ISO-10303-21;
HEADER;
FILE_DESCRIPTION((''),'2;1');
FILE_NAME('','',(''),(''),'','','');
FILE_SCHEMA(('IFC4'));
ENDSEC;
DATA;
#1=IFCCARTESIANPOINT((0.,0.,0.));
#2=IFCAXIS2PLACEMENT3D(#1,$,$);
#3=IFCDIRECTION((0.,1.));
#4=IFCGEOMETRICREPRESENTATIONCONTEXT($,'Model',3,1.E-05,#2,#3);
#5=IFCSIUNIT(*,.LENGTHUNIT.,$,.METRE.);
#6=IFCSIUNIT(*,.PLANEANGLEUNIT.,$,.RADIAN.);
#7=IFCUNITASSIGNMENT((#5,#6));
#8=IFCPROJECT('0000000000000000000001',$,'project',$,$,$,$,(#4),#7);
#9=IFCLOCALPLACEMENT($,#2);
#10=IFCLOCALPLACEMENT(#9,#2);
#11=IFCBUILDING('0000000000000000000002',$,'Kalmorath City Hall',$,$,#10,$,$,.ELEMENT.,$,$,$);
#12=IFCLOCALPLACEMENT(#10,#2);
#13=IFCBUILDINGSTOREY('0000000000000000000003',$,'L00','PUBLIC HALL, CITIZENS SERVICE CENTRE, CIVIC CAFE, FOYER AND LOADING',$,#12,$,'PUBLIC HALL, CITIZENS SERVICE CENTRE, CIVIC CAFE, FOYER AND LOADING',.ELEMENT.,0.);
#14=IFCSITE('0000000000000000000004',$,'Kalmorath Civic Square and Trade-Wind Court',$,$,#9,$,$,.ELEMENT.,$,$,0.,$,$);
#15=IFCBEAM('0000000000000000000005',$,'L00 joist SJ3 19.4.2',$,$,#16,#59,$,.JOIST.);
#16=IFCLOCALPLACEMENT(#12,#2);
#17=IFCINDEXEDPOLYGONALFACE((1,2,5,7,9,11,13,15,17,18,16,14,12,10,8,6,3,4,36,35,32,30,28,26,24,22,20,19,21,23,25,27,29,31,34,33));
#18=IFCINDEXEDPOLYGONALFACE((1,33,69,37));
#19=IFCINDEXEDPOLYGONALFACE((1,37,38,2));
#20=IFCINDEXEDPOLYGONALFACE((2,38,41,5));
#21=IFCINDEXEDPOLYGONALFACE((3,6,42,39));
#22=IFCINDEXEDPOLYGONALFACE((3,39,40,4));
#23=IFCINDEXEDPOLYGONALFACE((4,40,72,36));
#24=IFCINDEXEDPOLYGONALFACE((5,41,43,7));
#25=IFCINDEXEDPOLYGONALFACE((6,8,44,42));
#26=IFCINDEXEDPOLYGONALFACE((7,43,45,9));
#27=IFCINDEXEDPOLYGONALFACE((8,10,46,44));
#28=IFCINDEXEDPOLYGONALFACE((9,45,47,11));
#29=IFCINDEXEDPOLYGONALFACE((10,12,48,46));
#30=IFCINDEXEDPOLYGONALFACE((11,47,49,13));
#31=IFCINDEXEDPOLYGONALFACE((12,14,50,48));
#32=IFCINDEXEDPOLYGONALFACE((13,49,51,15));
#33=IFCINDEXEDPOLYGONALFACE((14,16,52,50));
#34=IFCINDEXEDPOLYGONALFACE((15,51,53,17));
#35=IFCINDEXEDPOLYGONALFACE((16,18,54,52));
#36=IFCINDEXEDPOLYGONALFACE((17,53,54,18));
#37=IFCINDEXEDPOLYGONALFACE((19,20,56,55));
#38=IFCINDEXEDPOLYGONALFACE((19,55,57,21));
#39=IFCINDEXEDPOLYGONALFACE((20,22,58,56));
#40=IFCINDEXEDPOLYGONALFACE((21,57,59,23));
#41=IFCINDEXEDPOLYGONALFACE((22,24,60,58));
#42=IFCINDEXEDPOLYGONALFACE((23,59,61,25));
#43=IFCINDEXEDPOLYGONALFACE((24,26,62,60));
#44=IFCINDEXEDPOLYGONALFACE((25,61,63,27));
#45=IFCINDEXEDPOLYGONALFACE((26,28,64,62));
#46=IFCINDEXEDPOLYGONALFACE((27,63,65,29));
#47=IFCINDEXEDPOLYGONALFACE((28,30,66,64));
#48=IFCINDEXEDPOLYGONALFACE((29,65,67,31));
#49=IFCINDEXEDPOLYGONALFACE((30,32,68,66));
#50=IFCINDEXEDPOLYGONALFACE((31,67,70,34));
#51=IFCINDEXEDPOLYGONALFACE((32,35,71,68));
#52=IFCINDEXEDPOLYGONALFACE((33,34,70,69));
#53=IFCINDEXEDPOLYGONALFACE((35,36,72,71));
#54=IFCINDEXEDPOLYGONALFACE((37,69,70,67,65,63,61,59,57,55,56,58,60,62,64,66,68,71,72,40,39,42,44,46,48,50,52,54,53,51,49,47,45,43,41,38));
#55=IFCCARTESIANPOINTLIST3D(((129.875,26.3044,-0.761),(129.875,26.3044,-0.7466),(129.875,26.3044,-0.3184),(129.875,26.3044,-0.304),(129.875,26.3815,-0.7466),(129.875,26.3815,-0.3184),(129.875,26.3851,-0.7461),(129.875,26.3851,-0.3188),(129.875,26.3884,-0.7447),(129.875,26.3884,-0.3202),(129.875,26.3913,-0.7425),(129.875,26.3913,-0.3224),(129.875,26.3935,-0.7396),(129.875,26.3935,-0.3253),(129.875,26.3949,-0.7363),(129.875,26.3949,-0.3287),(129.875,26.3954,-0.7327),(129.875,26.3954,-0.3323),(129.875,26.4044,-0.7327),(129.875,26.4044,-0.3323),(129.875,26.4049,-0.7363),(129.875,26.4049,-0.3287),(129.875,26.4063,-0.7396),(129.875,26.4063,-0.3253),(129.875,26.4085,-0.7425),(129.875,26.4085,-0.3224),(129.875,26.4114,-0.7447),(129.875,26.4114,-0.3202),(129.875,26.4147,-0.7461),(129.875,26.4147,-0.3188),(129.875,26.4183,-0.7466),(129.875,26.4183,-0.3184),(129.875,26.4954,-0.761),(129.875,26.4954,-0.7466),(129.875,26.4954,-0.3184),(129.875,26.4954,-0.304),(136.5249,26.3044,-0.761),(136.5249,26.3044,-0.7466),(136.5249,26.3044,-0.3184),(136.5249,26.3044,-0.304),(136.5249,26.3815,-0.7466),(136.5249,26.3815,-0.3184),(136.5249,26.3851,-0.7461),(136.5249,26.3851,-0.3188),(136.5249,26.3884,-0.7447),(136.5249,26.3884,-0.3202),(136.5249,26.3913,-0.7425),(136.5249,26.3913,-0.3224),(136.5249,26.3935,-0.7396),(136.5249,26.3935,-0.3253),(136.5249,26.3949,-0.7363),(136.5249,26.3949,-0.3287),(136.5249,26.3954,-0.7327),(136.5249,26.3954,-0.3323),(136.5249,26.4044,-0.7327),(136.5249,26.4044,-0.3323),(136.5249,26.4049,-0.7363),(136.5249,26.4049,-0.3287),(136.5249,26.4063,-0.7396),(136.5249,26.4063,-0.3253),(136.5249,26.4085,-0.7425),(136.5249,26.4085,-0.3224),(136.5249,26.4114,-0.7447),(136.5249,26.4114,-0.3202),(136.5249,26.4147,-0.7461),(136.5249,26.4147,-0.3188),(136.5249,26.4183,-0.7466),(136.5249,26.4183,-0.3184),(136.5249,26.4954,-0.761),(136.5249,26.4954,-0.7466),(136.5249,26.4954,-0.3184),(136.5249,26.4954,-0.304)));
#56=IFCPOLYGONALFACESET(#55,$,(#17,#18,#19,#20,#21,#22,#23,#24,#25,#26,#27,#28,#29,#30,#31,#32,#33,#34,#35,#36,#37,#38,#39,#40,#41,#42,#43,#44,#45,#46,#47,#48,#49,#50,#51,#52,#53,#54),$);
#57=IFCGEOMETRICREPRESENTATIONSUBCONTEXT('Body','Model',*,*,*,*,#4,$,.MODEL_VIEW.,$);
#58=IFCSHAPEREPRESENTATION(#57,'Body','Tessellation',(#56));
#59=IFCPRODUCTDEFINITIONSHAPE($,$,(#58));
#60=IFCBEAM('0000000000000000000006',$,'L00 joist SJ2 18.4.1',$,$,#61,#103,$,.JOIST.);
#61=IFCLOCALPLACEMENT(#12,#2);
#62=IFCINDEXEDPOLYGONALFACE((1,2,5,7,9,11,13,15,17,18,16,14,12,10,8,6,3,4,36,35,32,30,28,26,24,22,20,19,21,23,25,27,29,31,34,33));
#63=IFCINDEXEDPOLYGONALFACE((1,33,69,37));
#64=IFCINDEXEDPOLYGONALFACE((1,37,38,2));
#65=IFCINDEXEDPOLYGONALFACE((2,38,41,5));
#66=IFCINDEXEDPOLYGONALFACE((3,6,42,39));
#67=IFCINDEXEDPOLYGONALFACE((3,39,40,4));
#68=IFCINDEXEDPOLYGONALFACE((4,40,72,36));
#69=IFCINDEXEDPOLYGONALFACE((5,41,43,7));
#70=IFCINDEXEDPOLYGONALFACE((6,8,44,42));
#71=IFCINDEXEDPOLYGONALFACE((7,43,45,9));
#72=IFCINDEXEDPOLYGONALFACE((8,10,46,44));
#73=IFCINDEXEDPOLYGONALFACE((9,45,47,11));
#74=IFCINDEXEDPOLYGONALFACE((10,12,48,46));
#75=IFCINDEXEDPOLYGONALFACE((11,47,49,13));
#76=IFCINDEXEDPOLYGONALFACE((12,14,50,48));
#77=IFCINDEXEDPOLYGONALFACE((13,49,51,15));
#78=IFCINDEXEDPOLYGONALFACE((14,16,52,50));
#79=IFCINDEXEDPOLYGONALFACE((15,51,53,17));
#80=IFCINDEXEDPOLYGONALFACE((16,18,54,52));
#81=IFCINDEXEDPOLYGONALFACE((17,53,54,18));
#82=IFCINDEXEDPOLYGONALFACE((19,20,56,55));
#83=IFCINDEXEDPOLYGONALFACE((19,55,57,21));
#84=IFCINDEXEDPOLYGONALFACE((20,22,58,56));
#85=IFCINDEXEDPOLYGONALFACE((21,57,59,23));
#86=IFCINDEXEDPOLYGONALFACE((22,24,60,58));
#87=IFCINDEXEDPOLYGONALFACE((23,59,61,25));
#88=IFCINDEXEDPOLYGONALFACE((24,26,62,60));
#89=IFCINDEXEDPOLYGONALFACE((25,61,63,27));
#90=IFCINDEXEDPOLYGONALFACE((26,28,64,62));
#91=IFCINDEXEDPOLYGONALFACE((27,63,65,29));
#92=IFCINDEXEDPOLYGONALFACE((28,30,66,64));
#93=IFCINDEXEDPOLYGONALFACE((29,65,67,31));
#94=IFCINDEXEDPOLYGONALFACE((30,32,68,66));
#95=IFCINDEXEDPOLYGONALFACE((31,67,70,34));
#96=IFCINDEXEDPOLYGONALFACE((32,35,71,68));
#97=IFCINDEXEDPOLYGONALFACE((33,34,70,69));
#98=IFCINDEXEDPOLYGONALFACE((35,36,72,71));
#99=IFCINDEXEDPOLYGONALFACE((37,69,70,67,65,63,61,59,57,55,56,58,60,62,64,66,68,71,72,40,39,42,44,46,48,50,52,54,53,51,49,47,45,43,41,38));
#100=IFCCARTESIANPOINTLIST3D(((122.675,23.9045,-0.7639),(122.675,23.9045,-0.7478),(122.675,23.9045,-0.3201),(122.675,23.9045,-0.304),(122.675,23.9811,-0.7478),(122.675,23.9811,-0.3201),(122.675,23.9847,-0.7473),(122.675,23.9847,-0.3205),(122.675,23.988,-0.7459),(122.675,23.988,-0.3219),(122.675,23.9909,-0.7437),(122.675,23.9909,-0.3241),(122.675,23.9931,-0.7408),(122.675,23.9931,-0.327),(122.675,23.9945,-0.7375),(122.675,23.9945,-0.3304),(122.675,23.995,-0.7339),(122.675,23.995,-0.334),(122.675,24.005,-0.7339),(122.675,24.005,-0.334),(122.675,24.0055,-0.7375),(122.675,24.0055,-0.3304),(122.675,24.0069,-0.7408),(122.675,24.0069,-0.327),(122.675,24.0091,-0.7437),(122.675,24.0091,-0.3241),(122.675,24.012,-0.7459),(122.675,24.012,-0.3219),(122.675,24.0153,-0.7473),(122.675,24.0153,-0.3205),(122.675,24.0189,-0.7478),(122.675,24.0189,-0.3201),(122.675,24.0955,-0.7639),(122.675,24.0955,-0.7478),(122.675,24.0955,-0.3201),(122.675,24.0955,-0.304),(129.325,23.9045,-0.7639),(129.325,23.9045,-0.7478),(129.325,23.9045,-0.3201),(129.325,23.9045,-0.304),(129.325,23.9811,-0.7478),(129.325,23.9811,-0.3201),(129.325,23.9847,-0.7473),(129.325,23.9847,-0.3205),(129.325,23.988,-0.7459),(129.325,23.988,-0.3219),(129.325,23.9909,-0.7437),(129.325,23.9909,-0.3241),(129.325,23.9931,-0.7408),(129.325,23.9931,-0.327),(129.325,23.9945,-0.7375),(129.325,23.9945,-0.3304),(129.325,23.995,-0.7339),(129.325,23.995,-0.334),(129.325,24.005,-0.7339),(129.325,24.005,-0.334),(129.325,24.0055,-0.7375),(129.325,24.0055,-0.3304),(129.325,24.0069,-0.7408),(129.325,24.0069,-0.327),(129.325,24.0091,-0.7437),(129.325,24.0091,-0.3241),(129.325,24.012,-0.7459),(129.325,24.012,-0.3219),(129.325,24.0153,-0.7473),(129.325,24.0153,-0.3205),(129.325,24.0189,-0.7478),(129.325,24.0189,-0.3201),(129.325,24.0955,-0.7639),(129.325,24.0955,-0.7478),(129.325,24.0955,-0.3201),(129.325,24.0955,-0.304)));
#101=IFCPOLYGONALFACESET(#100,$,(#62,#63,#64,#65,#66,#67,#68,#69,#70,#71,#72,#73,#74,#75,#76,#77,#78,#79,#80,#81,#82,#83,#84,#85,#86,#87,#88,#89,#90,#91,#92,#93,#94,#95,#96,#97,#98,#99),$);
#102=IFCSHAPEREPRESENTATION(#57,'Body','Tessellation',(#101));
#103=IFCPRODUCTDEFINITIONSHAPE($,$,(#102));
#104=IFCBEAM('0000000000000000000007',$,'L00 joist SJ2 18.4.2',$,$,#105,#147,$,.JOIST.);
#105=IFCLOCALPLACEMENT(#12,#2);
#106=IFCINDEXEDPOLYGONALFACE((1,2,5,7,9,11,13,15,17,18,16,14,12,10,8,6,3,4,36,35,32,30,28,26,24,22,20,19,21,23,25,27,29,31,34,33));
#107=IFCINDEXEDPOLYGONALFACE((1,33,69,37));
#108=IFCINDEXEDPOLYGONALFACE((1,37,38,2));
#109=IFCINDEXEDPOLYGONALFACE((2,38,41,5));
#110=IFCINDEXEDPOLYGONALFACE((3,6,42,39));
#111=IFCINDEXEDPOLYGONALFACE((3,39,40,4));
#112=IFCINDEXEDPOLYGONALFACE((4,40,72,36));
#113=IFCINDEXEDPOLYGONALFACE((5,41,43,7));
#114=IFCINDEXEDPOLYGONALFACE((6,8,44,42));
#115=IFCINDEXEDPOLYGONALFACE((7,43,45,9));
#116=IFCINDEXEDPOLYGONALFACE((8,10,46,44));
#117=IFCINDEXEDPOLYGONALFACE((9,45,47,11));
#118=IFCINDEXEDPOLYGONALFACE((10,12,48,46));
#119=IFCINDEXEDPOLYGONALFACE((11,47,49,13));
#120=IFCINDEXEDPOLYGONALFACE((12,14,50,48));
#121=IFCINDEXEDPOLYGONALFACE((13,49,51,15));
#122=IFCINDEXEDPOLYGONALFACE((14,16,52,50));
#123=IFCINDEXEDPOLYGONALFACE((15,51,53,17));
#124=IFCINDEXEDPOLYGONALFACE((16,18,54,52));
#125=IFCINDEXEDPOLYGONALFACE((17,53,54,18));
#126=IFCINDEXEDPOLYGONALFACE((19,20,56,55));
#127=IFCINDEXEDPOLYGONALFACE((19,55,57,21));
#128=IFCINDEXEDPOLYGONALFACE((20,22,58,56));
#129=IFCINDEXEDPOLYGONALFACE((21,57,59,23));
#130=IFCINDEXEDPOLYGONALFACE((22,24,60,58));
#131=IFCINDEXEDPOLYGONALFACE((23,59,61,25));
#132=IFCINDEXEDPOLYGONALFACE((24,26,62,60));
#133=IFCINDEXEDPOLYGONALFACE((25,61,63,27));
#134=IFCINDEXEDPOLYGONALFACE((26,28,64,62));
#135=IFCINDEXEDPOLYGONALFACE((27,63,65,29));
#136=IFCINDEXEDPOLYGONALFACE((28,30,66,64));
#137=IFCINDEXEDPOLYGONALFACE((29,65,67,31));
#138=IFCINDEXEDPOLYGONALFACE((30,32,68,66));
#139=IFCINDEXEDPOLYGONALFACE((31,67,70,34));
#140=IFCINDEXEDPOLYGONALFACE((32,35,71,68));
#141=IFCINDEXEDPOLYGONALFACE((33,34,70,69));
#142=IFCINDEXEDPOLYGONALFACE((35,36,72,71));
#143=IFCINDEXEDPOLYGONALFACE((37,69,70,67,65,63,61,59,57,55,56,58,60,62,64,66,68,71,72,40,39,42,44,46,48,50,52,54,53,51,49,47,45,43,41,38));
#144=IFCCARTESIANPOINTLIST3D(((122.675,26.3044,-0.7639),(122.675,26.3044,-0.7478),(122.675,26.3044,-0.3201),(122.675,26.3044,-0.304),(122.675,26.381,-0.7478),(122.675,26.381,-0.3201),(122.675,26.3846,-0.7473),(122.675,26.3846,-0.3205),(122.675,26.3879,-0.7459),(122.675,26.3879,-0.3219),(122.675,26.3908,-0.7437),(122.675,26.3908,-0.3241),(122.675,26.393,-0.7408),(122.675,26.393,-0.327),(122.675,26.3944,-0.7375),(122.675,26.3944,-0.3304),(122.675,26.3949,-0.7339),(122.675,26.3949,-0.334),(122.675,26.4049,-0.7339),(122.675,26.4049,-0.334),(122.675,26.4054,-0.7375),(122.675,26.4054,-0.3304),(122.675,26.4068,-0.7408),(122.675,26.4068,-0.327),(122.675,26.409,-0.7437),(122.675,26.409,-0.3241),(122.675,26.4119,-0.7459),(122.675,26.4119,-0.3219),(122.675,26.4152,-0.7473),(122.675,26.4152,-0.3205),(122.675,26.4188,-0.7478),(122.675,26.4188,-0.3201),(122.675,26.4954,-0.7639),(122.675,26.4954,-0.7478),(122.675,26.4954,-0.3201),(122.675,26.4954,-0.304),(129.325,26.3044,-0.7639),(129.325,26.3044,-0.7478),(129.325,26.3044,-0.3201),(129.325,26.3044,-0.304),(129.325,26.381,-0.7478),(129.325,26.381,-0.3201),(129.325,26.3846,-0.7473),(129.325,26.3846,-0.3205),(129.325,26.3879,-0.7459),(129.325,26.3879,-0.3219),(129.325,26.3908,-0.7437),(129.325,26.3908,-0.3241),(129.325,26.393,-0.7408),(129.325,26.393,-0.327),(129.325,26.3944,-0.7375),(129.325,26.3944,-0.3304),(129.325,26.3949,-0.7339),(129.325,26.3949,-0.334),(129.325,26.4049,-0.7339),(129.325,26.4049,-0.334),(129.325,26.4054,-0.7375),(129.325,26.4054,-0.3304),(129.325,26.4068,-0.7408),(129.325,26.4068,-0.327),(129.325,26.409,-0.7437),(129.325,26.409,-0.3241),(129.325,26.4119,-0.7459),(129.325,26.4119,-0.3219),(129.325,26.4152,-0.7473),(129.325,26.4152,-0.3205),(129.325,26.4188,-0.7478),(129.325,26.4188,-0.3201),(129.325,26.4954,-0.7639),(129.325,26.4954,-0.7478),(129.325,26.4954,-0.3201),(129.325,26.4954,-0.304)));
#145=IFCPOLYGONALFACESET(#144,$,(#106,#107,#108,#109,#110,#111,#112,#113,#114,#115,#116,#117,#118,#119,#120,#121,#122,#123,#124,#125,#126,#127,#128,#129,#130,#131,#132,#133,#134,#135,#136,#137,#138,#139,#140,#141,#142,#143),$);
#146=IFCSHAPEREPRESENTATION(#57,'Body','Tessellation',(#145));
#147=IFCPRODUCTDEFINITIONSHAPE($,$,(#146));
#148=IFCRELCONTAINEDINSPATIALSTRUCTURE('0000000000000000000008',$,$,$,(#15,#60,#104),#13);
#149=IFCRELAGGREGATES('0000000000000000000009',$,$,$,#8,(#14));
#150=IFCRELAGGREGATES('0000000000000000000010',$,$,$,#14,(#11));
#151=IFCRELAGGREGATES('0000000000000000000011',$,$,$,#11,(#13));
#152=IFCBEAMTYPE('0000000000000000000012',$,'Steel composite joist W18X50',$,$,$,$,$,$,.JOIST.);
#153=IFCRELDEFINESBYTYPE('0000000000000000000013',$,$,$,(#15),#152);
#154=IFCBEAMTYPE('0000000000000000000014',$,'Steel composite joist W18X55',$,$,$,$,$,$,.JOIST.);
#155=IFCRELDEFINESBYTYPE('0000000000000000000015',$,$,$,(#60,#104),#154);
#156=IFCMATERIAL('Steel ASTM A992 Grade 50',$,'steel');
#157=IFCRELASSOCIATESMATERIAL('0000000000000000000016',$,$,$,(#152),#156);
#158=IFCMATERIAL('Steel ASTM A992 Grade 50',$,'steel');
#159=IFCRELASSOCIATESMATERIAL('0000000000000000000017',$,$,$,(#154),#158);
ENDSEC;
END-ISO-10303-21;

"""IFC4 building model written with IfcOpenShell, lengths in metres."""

from ifc_helpers import new_model, si_unit, direction, frame, origin, origin_2d, place, context, subcontext, project, spatial, i_section, extrude, material, material_profile, profile_set, type_object, element, save


model = new_model("IFC4")

# Units and contexts
model_context = context("Model", 3, precision=1e-05, world=origin(), true_north=direction((0.0, 1.0)))
body_context = subcontext(model_context, "Body", "Model", "MODEL_VIEW")
ifc_project = project(units=[si_unit("LENGTHUNIT", "METRE"), si_unit("PLANEANGLEUNIT", "RADIAN")], contexts=[model_context])

# Site, building, storey
site_placement = place(None, origin())
site = spatial("IfcSite", under=ifc_project, at=site_placement, Name="Kalmorath Civic Square and Trade-Wind Court", CompositionType="ELEMENT", RefElevation=0.0)
building_placement = place(site_placement, origin())
building = spatial("IfcBuilding", under=site, at=building_placement, Name="Kalmorath City Hall", CompositionType="ELEMENT")
storey_placement = place(building_placement, origin())
storey = spatial("IfcBuildingStorey", under=building, at=storey_placement, Name="L00", Description="PUBLIC HALL, CITIZENS SERVICE CENTRE, CIVIC CAFE, FOYER AND LOADING", LongName="PUBLIC HALL, CITIZENS SERVICE CENTRE, CIVIC CAFE, FOYER AND LOADING", CompositionType="ELEMENT", Elevation=0.0)

# Beams
ifc_material_1 = material(Name="Steel ASTM A992 Grade 50", Category="steel")
ifc_material_profile_1 = material_profile(ifc_material_1, i_section(OverallWidth=0.1909, OverallDepth=0.457, WebThickness=0.009, FlangeThickness=0.0144, FilletRadius=0.0139, at=origin_2d()), Name="W18X50")
ifc_profile_set_1 = profile_set([ifc_material_profile_1], Name="Steel ASTM A992 Grade 50")
beam_type_1 = type_object("IfcBeamType", Name="Steel composite joist W18X50", PredefinedType="JOIST", material=ifc_profile_set_1)
for number, where, z_axis, x_axis, name in (
    (1, (129.875, 26.3999, -0.5325), (1.0, 0.0, 0.0), (0.0, 1.0, 0.0), "L00 joist SJ3 19.4.2"),
):
    element("IfcBeam", number, at=place(storey_placement, frame(where, z_axis=z_axis, x_axis=x_axis)), inside=storey, type_object=beam_type_1, Name=name, PredefinedType="JOIST", context=body_context, shape_type="SweptSolid", body=[
        extrude(i_section(OverallWidth=0.1909, OverallDepth=0.457, WebThickness=0.009, FlangeThickness=0.0144, FilletRadius=0.0139, at=origin_2d()), origin(), (0.0, 0.0, 1.0), 6.6499),
    ])
ifc_material_2 = material(Name="Steel ASTM A992 Grade 50", Category="steel")
ifc_material_profile_2 = material_profile(ifc_material_2, i_section(OverallWidth=0.1909, OverallDepth=0.46, WebThickness=0.01, FlangeThickness=0.0161, FilletRadius=0.0139, at=origin_2d()), Name="W18X55")
ifc_profile_set_2 = profile_set([ifc_material_profile_2], Name="Steel ASTM A992 Grade 50")
beam_type_2 = type_object("IfcBeamType", Name="Steel composite joist W18X55", PredefinedType="JOIST", material=ifc_profile_set_2)
for number, where, z_axis, x_axis, name in (
    (2, (122.675, 24.0, -0.5339), (1.0, 0.0, 0.0), (0.0, 1.0, 0.0), "L00 joist SJ2 18.4.1"),
    (3, (122.675, 26.3999, -0.5339), (1.0, 0.0, 0.0), (0.0, 1.0, 0.0), "L00 joist SJ2 18.4.2"),
):
    element("IfcBeam", number, at=place(storey_placement, frame(where, z_axis=z_axis, x_axis=x_axis)), inside=storey, type_object=beam_type_2, Name=name, PredefinedType="JOIST", context=body_context, shape_type="SweptSolid", body=[
        extrude(i_section(OverallWidth=0.1909, OverallDepth=0.46, WebThickness=0.01, FlangeThickness=0.0161, FilletRadius=0.0139, at=origin_2d()), origin(), (0.0, 0.0, 1.0), 6.6499),
    ])

save(model, "model.ifc")
